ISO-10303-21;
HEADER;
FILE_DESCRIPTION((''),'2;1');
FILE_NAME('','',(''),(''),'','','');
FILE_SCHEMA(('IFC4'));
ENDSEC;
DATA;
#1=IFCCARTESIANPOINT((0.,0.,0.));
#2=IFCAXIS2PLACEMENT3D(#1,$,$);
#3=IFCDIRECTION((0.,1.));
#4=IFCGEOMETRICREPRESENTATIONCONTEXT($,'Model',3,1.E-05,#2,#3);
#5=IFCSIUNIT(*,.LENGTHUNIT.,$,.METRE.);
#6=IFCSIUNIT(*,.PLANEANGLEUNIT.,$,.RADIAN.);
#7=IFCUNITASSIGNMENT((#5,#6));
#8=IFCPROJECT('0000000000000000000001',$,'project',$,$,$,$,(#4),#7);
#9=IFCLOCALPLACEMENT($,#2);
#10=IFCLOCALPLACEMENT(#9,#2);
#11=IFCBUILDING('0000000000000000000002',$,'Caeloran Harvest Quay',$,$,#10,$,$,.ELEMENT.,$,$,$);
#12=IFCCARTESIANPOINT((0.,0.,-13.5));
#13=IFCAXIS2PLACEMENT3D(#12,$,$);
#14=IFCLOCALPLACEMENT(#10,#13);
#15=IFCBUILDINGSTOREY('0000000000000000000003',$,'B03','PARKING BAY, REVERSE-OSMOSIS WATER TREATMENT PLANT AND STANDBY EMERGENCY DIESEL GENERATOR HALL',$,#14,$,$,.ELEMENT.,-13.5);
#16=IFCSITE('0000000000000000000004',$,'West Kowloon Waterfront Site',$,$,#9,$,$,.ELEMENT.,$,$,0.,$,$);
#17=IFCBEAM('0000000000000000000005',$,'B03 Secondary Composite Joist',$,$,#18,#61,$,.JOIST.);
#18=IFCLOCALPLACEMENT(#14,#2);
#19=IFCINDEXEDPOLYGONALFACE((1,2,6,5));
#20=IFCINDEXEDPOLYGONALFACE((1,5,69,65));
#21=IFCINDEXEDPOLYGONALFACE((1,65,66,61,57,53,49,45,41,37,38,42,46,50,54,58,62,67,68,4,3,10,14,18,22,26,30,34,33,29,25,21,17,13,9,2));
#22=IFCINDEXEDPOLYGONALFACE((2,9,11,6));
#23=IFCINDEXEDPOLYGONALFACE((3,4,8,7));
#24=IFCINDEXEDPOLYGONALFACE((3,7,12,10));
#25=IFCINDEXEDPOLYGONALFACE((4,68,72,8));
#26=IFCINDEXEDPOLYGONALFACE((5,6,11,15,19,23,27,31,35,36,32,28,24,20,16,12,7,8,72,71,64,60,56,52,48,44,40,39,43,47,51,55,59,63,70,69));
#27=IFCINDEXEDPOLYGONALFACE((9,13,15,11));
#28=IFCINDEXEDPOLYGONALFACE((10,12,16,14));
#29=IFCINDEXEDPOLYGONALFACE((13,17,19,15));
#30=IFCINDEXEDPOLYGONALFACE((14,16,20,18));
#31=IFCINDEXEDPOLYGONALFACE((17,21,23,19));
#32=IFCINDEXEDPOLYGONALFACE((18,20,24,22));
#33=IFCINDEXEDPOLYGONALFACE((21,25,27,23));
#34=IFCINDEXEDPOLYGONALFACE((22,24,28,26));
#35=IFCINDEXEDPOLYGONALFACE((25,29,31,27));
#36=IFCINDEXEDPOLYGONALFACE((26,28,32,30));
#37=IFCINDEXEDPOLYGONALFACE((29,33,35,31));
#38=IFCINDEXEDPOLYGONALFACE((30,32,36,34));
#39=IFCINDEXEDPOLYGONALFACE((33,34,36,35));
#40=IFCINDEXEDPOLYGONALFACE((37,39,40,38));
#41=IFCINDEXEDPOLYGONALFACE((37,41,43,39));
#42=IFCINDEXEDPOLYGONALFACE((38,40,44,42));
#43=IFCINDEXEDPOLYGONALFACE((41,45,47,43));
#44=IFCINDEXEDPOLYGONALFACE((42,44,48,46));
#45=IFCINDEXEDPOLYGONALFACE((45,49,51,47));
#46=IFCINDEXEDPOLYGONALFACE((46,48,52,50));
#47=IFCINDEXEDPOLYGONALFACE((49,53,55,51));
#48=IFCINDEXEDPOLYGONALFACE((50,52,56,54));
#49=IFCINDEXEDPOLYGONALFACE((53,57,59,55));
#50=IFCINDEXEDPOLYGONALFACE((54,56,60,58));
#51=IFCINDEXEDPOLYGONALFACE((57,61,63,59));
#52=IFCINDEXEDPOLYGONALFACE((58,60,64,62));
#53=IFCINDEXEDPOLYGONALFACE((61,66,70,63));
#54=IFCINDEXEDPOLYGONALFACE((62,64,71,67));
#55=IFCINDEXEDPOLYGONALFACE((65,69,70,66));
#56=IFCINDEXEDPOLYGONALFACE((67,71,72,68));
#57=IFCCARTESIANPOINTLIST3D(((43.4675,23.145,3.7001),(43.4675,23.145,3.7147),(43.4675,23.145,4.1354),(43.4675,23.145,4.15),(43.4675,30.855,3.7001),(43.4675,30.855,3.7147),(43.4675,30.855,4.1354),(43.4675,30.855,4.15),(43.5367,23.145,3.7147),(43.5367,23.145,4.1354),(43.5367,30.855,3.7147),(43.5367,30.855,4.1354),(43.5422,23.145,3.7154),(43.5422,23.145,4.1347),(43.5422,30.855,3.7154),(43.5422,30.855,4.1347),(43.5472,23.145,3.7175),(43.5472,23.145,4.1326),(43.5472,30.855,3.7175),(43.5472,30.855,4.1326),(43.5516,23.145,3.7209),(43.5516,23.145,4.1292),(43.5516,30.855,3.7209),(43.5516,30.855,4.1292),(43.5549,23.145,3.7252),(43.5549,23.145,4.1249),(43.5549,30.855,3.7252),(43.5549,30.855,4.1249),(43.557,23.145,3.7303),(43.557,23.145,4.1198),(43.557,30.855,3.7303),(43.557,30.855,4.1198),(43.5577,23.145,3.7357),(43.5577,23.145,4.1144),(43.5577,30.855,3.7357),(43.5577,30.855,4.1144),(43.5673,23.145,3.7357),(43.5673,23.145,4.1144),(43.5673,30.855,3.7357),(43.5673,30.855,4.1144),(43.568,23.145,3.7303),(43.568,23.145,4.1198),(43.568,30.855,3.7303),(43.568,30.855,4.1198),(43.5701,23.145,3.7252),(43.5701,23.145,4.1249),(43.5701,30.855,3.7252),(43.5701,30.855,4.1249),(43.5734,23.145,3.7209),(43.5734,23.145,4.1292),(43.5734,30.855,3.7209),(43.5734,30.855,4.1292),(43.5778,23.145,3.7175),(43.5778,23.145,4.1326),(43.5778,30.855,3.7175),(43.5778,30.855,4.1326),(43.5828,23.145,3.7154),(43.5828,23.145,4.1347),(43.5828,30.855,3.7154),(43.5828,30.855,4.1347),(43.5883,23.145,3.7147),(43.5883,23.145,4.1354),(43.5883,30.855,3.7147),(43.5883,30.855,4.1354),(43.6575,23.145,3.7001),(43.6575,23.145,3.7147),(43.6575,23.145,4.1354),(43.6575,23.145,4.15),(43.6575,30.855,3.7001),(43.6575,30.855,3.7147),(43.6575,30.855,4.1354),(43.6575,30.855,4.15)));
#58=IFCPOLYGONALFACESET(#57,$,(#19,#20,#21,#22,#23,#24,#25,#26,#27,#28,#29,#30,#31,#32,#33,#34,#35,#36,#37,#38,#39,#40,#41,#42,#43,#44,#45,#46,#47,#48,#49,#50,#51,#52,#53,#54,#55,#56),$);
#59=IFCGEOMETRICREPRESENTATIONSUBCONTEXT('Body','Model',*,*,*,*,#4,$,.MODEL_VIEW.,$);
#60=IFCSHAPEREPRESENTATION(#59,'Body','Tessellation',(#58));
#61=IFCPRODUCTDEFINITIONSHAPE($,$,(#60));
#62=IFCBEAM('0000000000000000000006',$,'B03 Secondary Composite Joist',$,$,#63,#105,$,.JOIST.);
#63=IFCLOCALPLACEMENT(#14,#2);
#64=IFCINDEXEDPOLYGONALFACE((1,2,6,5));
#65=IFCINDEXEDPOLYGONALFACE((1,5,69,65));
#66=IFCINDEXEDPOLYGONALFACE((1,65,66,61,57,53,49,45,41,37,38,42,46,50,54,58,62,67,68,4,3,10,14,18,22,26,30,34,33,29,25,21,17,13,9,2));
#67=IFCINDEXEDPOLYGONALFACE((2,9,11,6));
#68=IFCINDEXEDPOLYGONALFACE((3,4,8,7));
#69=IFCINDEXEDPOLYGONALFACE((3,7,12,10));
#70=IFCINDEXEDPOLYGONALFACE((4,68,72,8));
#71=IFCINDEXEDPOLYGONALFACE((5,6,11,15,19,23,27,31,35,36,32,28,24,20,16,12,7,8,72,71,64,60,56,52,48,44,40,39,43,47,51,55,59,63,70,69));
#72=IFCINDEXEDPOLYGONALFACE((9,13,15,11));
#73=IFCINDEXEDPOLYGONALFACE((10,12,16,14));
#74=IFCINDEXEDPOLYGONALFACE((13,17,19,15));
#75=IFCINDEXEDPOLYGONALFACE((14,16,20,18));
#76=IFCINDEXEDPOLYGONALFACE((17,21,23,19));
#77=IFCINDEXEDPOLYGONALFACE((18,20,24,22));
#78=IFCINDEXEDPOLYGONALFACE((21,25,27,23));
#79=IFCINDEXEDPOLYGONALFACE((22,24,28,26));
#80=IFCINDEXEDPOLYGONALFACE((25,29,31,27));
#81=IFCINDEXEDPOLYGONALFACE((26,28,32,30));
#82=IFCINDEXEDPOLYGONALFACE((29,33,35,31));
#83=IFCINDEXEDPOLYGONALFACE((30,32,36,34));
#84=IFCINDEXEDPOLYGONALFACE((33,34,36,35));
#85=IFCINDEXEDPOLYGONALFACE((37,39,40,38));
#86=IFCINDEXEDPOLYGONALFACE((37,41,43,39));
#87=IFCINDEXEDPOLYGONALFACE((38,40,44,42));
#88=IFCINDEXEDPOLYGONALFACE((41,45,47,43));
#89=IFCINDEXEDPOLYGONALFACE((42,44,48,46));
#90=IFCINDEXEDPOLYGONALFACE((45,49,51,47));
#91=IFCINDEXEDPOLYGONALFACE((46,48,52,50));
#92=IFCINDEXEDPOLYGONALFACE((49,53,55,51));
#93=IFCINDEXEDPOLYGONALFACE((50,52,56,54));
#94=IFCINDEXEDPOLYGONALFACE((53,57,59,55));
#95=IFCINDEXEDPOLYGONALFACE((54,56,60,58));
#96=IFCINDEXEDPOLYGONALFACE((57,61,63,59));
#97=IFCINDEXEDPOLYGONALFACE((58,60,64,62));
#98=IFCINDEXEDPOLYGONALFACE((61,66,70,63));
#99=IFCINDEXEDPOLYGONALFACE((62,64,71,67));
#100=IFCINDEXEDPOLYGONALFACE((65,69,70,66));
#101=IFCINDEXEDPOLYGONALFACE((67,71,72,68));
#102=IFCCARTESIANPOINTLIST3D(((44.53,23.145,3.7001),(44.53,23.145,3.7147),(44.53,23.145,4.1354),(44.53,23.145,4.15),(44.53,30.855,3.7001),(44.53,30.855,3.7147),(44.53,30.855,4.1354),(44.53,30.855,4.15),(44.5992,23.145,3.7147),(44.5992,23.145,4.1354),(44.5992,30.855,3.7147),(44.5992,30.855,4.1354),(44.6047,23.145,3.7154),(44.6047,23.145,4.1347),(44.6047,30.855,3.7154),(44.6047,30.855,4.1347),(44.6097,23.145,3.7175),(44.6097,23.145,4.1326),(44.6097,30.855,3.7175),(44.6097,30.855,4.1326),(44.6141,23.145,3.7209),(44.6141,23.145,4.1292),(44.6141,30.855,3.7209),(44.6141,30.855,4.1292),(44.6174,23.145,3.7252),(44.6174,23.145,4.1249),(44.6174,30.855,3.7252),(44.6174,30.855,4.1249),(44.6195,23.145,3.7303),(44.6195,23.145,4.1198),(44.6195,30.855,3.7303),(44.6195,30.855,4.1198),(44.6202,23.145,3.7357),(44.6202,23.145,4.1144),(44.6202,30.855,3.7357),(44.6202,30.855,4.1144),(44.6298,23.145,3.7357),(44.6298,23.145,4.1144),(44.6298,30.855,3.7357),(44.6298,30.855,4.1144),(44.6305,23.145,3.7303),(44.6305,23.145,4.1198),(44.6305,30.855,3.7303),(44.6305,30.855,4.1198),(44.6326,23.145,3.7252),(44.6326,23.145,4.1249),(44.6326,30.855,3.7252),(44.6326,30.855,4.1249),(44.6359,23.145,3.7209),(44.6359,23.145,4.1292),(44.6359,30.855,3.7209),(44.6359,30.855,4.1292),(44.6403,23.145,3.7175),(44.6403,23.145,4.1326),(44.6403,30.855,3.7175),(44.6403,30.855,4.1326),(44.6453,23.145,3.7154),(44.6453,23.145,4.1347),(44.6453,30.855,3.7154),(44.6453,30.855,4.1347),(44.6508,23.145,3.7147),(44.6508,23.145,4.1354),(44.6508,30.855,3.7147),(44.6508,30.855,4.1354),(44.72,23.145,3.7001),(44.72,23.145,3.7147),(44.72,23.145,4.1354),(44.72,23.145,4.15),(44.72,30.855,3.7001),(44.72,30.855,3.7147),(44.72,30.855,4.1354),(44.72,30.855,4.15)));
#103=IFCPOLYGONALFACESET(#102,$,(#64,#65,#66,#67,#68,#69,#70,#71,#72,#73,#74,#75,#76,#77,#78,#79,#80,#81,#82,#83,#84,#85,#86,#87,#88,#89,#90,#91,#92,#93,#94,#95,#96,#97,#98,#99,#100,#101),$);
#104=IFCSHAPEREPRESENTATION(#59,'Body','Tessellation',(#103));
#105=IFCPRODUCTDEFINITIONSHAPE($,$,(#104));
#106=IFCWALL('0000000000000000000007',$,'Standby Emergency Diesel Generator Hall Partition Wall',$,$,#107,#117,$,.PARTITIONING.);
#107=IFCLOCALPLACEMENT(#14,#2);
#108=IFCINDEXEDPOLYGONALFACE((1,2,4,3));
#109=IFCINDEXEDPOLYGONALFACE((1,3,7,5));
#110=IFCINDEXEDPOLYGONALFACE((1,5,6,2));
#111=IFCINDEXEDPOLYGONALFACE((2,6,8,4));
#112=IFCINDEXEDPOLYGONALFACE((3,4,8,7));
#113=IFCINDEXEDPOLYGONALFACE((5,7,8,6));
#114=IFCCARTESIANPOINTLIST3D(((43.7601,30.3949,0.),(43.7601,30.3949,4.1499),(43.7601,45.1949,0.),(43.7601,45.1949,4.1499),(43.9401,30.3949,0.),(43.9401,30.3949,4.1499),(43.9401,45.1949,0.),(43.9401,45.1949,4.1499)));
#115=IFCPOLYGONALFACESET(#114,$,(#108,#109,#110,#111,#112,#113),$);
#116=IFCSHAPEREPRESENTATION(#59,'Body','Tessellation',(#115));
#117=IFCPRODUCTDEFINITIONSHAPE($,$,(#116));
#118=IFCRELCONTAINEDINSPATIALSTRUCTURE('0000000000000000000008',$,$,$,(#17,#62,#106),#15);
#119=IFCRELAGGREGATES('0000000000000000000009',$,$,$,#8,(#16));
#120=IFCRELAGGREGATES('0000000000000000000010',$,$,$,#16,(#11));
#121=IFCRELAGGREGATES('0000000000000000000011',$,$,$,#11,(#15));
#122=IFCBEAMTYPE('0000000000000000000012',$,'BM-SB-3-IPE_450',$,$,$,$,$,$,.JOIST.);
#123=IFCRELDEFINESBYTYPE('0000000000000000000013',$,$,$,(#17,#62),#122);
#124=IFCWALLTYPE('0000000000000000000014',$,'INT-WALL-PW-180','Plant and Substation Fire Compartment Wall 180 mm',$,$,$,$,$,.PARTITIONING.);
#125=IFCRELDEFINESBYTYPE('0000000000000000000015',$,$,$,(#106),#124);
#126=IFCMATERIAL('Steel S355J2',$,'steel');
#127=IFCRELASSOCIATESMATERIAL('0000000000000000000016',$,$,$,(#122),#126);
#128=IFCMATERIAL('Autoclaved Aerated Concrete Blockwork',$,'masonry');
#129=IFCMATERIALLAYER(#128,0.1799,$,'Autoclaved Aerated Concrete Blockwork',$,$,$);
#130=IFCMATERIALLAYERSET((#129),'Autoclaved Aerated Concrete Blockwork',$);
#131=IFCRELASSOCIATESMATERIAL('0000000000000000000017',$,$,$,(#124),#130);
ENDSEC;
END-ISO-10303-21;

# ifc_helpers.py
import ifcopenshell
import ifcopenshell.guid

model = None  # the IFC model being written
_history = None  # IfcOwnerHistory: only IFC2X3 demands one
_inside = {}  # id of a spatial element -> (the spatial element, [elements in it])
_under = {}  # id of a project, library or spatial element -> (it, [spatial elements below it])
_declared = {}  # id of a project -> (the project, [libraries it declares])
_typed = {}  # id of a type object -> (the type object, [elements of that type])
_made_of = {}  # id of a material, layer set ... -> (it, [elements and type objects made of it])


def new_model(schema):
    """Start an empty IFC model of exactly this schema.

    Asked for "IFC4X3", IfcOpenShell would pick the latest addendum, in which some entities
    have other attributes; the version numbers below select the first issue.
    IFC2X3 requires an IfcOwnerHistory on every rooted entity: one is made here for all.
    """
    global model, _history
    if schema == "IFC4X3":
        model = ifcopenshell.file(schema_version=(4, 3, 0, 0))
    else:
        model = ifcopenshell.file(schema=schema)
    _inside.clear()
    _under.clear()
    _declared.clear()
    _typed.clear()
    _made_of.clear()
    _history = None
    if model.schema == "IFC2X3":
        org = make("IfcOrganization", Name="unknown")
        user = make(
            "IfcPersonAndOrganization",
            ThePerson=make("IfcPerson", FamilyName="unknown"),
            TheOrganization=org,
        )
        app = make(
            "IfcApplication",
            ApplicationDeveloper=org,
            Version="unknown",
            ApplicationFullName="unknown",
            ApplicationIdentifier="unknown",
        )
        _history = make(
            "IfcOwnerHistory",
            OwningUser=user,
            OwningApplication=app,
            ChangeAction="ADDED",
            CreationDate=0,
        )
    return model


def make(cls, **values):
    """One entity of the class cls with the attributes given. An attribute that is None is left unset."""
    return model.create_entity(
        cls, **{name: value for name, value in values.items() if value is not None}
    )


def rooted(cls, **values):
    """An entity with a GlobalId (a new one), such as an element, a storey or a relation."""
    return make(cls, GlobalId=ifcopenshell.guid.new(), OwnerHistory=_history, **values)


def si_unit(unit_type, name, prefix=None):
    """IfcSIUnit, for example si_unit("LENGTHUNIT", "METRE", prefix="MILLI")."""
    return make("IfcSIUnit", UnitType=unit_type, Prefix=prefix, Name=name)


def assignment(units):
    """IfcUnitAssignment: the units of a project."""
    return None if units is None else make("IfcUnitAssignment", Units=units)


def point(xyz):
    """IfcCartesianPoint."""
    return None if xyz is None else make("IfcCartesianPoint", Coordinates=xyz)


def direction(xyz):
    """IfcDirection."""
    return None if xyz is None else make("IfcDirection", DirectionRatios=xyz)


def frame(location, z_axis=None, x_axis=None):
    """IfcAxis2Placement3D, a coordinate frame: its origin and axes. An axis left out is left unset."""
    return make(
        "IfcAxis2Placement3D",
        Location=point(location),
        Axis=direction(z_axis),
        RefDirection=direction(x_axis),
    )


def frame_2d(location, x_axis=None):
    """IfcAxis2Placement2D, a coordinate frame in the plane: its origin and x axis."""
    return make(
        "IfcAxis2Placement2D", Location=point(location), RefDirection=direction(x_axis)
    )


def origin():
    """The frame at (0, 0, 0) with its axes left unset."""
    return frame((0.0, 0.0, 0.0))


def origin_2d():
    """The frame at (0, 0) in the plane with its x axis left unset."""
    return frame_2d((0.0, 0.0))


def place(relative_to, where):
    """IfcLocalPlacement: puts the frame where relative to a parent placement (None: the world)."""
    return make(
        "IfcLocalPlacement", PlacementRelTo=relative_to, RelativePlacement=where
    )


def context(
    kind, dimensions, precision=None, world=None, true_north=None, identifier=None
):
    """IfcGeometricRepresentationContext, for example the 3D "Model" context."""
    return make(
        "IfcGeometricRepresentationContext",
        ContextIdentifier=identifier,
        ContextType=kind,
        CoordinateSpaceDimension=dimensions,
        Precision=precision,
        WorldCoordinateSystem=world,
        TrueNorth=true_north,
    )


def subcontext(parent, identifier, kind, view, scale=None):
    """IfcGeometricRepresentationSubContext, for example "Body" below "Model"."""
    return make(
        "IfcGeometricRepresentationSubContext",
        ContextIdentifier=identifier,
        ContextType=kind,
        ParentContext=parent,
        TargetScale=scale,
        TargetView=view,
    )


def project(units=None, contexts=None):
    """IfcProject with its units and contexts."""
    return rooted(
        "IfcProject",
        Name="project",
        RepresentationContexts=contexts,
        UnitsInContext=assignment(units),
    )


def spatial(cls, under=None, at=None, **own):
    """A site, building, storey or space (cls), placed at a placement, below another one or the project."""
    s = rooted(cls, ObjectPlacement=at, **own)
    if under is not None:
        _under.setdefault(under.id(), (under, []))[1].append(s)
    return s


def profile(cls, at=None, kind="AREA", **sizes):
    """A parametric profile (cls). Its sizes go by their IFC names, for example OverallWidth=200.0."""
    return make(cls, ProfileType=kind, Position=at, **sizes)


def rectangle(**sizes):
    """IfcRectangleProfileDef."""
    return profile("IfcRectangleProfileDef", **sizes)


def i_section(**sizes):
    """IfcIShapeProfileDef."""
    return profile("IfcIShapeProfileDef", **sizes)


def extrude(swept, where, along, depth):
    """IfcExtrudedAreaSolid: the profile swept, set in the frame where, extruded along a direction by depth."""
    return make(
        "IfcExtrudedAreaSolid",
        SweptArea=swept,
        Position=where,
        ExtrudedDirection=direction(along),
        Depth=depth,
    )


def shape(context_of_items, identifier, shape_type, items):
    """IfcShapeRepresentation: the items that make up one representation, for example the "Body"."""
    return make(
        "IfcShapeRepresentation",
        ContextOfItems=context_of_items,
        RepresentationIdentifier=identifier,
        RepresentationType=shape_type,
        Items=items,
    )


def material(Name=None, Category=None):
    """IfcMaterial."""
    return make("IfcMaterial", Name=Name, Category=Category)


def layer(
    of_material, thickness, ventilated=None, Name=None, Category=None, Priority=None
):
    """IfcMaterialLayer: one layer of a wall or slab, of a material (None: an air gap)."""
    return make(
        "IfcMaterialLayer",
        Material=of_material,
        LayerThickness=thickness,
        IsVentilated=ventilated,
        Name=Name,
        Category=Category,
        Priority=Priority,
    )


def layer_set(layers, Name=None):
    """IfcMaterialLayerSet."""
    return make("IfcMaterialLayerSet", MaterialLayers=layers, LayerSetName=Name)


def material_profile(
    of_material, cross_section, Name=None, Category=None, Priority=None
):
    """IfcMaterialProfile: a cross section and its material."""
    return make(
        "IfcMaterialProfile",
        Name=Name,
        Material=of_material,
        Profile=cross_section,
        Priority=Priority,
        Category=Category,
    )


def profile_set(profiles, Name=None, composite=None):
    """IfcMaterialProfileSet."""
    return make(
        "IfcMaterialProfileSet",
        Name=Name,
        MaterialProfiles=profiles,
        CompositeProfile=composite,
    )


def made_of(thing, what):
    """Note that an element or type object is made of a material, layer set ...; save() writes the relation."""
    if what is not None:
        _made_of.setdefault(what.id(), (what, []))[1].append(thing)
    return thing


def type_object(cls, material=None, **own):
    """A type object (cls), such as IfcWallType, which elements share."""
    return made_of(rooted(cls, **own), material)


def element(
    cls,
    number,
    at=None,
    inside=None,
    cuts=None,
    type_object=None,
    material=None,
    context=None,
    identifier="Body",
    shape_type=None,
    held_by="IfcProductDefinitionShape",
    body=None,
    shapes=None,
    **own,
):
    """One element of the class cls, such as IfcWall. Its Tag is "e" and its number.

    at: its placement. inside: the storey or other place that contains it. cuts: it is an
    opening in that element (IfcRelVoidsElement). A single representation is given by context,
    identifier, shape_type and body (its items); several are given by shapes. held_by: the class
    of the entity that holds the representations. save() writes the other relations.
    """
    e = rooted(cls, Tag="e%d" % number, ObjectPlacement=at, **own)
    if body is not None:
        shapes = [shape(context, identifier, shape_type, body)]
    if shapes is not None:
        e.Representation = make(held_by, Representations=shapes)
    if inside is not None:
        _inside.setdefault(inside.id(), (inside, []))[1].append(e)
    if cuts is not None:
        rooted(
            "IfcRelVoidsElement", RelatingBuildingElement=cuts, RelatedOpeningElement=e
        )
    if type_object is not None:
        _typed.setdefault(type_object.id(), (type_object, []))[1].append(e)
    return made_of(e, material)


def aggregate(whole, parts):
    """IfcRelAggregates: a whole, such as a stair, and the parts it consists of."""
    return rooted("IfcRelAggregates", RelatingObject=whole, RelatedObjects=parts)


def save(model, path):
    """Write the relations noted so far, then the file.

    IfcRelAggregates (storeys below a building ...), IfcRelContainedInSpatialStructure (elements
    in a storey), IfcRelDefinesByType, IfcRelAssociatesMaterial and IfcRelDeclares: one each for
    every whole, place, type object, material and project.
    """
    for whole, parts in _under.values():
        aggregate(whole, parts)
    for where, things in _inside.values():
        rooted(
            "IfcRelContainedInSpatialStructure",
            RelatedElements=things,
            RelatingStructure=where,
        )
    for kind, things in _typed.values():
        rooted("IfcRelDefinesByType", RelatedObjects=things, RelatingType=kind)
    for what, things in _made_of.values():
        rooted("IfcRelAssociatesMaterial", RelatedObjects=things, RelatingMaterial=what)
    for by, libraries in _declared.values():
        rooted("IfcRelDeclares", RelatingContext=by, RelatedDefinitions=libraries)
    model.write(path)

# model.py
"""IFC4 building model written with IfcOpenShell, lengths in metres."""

from ifc_helpers import new_model, si_unit, direction, frame, frame_2d, origin, origin_2d, place, context, subcontext, project, spatial, rectangle, i_section, extrude, material, layer, layer_set, material_profile, profile_set, type_object, element, save


model = new_model("IFC4")

# Units and contexts
model_context = context("Model", 3, precision=1e-05, world=origin(), true_north=direction((0.0, 1.0)))
body_context = subcontext(model_context, "Body", "Model", "MODEL_VIEW")
ifc_project = project(units=[si_unit("LENGTHUNIT", "METRE"), si_unit("PLANEANGLEUNIT", "RADIAN")], contexts=[model_context])

# Site, building, storey
site_placement = place(None, origin())
site = spatial("IfcSite", under=ifc_project, at=site_placement, Name="West Kowloon Waterfront Site", CompositionType="ELEMENT", RefElevation=0.0)
building_placement = place(site_placement, origin())
building = spatial("IfcBuilding", under=site, at=building_placement, Name="Caeloran Harvest Quay", CompositionType="ELEMENT")
storey_placement = place(building_placement, frame((0.0, 0.0, -13.5)))
storey = spatial("IfcBuildingStorey", under=building, at=storey_placement, Name="B03", Description="PARKING BAY, REVERSE-OSMOSIS WATER TREATMENT PLANT AND STANDBY EMERGENCY DIESEL GENERATOR HALL", CompositionType="ELEMENT", Elevation=-13.5)

# Beams
ifc_material_1 = material(Name="Steel S355J2", Category="steel")
ifc_material_profile_1 = material_profile(ifc_material_1, i_section(OverallWidth=0.1899, OverallDepth=0.45, WebThickness=0.0095, FlangeThickness=0.0146, FilletRadius=0.021, at=origin_2d()), Name="IPE 450")
ifc_profile_set_1 = profile_set([ifc_material_profile_1], Name="Steel S355J2")
beam_type_1 = type_object("IfcBeamType", Name="BM-SB-3-IPE_450", PredefinedType="JOIST", material=ifc_profile_set_1)
for number, where, z_axis, x_axis, name in (
    (1, (43.5625, 23.145, 3.925), (0.0, 1.0, 0.0), (-1.0, 0.0, 0.0), "B03 Secondary Composite Joist"),
    (2, (44.625, 23.145, 3.925), (0.0, 1.0, 0.0), (-1.0, 0.0, 0.0), "B03 Secondary Composite Joist"),
):
    element("IfcBeam", number, at=place(storey_placement, frame(where, z_axis=z_axis, x_axis=x_axis)), inside=storey, type_object=beam_type_1, Name=name, PredefinedType="JOIST", context=body_context, shape_type="SweptSolid", body=[
        extrude(i_section(OverallWidth=0.1899, OverallDepth=0.45, WebThickness=0.0095, FlangeThickness=0.0146, FilletRadius=0.021, at=origin_2d()), origin(), (0.0, 0.0, 1.0), 7.71),
    ])

# Wall
ifc_material_2 = material(Name="Autoclaved Aerated Concrete Blockwork", Category="masonry")
ifc_layer = layer(ifc_material_2, 0.1799, Name="Autoclaved Aerated Concrete Blockwork")
ifc_layer_set = layer_set([ifc_layer], Name="Autoclaved Aerated Concrete Blockwork")
wall_type = type_object("IfcWallType", Name="INT-WALL-PW-180", Description="Plant and Substation Fire Compartment Wall 180 mm", PredefinedType="PARTITIONING", material=ifc_layer_set)
wall_placement = place(storey_placement, frame((43.8501, 30.395, 0.0), z_axis=(0.0, 0.0, 1.0), x_axis=(0.0, 1.0, 0.0)))
element("IfcWall", 3, at=wall_placement, inside=storey, type_object=wall_type, Name="Standby Emergency Diesel Generator Hall Partition Wall", PredefinedType="PARTITIONING", context=body_context, shape_type="SweptSolid", body=[
    extrude(rectangle(XDim=14.8, YDim=0.1799, at=frame_2d((7.3999, 0.0))), origin(), (0.0, 0.0, 1.0), 4.1499),
])

save(model, "model.ifc")
